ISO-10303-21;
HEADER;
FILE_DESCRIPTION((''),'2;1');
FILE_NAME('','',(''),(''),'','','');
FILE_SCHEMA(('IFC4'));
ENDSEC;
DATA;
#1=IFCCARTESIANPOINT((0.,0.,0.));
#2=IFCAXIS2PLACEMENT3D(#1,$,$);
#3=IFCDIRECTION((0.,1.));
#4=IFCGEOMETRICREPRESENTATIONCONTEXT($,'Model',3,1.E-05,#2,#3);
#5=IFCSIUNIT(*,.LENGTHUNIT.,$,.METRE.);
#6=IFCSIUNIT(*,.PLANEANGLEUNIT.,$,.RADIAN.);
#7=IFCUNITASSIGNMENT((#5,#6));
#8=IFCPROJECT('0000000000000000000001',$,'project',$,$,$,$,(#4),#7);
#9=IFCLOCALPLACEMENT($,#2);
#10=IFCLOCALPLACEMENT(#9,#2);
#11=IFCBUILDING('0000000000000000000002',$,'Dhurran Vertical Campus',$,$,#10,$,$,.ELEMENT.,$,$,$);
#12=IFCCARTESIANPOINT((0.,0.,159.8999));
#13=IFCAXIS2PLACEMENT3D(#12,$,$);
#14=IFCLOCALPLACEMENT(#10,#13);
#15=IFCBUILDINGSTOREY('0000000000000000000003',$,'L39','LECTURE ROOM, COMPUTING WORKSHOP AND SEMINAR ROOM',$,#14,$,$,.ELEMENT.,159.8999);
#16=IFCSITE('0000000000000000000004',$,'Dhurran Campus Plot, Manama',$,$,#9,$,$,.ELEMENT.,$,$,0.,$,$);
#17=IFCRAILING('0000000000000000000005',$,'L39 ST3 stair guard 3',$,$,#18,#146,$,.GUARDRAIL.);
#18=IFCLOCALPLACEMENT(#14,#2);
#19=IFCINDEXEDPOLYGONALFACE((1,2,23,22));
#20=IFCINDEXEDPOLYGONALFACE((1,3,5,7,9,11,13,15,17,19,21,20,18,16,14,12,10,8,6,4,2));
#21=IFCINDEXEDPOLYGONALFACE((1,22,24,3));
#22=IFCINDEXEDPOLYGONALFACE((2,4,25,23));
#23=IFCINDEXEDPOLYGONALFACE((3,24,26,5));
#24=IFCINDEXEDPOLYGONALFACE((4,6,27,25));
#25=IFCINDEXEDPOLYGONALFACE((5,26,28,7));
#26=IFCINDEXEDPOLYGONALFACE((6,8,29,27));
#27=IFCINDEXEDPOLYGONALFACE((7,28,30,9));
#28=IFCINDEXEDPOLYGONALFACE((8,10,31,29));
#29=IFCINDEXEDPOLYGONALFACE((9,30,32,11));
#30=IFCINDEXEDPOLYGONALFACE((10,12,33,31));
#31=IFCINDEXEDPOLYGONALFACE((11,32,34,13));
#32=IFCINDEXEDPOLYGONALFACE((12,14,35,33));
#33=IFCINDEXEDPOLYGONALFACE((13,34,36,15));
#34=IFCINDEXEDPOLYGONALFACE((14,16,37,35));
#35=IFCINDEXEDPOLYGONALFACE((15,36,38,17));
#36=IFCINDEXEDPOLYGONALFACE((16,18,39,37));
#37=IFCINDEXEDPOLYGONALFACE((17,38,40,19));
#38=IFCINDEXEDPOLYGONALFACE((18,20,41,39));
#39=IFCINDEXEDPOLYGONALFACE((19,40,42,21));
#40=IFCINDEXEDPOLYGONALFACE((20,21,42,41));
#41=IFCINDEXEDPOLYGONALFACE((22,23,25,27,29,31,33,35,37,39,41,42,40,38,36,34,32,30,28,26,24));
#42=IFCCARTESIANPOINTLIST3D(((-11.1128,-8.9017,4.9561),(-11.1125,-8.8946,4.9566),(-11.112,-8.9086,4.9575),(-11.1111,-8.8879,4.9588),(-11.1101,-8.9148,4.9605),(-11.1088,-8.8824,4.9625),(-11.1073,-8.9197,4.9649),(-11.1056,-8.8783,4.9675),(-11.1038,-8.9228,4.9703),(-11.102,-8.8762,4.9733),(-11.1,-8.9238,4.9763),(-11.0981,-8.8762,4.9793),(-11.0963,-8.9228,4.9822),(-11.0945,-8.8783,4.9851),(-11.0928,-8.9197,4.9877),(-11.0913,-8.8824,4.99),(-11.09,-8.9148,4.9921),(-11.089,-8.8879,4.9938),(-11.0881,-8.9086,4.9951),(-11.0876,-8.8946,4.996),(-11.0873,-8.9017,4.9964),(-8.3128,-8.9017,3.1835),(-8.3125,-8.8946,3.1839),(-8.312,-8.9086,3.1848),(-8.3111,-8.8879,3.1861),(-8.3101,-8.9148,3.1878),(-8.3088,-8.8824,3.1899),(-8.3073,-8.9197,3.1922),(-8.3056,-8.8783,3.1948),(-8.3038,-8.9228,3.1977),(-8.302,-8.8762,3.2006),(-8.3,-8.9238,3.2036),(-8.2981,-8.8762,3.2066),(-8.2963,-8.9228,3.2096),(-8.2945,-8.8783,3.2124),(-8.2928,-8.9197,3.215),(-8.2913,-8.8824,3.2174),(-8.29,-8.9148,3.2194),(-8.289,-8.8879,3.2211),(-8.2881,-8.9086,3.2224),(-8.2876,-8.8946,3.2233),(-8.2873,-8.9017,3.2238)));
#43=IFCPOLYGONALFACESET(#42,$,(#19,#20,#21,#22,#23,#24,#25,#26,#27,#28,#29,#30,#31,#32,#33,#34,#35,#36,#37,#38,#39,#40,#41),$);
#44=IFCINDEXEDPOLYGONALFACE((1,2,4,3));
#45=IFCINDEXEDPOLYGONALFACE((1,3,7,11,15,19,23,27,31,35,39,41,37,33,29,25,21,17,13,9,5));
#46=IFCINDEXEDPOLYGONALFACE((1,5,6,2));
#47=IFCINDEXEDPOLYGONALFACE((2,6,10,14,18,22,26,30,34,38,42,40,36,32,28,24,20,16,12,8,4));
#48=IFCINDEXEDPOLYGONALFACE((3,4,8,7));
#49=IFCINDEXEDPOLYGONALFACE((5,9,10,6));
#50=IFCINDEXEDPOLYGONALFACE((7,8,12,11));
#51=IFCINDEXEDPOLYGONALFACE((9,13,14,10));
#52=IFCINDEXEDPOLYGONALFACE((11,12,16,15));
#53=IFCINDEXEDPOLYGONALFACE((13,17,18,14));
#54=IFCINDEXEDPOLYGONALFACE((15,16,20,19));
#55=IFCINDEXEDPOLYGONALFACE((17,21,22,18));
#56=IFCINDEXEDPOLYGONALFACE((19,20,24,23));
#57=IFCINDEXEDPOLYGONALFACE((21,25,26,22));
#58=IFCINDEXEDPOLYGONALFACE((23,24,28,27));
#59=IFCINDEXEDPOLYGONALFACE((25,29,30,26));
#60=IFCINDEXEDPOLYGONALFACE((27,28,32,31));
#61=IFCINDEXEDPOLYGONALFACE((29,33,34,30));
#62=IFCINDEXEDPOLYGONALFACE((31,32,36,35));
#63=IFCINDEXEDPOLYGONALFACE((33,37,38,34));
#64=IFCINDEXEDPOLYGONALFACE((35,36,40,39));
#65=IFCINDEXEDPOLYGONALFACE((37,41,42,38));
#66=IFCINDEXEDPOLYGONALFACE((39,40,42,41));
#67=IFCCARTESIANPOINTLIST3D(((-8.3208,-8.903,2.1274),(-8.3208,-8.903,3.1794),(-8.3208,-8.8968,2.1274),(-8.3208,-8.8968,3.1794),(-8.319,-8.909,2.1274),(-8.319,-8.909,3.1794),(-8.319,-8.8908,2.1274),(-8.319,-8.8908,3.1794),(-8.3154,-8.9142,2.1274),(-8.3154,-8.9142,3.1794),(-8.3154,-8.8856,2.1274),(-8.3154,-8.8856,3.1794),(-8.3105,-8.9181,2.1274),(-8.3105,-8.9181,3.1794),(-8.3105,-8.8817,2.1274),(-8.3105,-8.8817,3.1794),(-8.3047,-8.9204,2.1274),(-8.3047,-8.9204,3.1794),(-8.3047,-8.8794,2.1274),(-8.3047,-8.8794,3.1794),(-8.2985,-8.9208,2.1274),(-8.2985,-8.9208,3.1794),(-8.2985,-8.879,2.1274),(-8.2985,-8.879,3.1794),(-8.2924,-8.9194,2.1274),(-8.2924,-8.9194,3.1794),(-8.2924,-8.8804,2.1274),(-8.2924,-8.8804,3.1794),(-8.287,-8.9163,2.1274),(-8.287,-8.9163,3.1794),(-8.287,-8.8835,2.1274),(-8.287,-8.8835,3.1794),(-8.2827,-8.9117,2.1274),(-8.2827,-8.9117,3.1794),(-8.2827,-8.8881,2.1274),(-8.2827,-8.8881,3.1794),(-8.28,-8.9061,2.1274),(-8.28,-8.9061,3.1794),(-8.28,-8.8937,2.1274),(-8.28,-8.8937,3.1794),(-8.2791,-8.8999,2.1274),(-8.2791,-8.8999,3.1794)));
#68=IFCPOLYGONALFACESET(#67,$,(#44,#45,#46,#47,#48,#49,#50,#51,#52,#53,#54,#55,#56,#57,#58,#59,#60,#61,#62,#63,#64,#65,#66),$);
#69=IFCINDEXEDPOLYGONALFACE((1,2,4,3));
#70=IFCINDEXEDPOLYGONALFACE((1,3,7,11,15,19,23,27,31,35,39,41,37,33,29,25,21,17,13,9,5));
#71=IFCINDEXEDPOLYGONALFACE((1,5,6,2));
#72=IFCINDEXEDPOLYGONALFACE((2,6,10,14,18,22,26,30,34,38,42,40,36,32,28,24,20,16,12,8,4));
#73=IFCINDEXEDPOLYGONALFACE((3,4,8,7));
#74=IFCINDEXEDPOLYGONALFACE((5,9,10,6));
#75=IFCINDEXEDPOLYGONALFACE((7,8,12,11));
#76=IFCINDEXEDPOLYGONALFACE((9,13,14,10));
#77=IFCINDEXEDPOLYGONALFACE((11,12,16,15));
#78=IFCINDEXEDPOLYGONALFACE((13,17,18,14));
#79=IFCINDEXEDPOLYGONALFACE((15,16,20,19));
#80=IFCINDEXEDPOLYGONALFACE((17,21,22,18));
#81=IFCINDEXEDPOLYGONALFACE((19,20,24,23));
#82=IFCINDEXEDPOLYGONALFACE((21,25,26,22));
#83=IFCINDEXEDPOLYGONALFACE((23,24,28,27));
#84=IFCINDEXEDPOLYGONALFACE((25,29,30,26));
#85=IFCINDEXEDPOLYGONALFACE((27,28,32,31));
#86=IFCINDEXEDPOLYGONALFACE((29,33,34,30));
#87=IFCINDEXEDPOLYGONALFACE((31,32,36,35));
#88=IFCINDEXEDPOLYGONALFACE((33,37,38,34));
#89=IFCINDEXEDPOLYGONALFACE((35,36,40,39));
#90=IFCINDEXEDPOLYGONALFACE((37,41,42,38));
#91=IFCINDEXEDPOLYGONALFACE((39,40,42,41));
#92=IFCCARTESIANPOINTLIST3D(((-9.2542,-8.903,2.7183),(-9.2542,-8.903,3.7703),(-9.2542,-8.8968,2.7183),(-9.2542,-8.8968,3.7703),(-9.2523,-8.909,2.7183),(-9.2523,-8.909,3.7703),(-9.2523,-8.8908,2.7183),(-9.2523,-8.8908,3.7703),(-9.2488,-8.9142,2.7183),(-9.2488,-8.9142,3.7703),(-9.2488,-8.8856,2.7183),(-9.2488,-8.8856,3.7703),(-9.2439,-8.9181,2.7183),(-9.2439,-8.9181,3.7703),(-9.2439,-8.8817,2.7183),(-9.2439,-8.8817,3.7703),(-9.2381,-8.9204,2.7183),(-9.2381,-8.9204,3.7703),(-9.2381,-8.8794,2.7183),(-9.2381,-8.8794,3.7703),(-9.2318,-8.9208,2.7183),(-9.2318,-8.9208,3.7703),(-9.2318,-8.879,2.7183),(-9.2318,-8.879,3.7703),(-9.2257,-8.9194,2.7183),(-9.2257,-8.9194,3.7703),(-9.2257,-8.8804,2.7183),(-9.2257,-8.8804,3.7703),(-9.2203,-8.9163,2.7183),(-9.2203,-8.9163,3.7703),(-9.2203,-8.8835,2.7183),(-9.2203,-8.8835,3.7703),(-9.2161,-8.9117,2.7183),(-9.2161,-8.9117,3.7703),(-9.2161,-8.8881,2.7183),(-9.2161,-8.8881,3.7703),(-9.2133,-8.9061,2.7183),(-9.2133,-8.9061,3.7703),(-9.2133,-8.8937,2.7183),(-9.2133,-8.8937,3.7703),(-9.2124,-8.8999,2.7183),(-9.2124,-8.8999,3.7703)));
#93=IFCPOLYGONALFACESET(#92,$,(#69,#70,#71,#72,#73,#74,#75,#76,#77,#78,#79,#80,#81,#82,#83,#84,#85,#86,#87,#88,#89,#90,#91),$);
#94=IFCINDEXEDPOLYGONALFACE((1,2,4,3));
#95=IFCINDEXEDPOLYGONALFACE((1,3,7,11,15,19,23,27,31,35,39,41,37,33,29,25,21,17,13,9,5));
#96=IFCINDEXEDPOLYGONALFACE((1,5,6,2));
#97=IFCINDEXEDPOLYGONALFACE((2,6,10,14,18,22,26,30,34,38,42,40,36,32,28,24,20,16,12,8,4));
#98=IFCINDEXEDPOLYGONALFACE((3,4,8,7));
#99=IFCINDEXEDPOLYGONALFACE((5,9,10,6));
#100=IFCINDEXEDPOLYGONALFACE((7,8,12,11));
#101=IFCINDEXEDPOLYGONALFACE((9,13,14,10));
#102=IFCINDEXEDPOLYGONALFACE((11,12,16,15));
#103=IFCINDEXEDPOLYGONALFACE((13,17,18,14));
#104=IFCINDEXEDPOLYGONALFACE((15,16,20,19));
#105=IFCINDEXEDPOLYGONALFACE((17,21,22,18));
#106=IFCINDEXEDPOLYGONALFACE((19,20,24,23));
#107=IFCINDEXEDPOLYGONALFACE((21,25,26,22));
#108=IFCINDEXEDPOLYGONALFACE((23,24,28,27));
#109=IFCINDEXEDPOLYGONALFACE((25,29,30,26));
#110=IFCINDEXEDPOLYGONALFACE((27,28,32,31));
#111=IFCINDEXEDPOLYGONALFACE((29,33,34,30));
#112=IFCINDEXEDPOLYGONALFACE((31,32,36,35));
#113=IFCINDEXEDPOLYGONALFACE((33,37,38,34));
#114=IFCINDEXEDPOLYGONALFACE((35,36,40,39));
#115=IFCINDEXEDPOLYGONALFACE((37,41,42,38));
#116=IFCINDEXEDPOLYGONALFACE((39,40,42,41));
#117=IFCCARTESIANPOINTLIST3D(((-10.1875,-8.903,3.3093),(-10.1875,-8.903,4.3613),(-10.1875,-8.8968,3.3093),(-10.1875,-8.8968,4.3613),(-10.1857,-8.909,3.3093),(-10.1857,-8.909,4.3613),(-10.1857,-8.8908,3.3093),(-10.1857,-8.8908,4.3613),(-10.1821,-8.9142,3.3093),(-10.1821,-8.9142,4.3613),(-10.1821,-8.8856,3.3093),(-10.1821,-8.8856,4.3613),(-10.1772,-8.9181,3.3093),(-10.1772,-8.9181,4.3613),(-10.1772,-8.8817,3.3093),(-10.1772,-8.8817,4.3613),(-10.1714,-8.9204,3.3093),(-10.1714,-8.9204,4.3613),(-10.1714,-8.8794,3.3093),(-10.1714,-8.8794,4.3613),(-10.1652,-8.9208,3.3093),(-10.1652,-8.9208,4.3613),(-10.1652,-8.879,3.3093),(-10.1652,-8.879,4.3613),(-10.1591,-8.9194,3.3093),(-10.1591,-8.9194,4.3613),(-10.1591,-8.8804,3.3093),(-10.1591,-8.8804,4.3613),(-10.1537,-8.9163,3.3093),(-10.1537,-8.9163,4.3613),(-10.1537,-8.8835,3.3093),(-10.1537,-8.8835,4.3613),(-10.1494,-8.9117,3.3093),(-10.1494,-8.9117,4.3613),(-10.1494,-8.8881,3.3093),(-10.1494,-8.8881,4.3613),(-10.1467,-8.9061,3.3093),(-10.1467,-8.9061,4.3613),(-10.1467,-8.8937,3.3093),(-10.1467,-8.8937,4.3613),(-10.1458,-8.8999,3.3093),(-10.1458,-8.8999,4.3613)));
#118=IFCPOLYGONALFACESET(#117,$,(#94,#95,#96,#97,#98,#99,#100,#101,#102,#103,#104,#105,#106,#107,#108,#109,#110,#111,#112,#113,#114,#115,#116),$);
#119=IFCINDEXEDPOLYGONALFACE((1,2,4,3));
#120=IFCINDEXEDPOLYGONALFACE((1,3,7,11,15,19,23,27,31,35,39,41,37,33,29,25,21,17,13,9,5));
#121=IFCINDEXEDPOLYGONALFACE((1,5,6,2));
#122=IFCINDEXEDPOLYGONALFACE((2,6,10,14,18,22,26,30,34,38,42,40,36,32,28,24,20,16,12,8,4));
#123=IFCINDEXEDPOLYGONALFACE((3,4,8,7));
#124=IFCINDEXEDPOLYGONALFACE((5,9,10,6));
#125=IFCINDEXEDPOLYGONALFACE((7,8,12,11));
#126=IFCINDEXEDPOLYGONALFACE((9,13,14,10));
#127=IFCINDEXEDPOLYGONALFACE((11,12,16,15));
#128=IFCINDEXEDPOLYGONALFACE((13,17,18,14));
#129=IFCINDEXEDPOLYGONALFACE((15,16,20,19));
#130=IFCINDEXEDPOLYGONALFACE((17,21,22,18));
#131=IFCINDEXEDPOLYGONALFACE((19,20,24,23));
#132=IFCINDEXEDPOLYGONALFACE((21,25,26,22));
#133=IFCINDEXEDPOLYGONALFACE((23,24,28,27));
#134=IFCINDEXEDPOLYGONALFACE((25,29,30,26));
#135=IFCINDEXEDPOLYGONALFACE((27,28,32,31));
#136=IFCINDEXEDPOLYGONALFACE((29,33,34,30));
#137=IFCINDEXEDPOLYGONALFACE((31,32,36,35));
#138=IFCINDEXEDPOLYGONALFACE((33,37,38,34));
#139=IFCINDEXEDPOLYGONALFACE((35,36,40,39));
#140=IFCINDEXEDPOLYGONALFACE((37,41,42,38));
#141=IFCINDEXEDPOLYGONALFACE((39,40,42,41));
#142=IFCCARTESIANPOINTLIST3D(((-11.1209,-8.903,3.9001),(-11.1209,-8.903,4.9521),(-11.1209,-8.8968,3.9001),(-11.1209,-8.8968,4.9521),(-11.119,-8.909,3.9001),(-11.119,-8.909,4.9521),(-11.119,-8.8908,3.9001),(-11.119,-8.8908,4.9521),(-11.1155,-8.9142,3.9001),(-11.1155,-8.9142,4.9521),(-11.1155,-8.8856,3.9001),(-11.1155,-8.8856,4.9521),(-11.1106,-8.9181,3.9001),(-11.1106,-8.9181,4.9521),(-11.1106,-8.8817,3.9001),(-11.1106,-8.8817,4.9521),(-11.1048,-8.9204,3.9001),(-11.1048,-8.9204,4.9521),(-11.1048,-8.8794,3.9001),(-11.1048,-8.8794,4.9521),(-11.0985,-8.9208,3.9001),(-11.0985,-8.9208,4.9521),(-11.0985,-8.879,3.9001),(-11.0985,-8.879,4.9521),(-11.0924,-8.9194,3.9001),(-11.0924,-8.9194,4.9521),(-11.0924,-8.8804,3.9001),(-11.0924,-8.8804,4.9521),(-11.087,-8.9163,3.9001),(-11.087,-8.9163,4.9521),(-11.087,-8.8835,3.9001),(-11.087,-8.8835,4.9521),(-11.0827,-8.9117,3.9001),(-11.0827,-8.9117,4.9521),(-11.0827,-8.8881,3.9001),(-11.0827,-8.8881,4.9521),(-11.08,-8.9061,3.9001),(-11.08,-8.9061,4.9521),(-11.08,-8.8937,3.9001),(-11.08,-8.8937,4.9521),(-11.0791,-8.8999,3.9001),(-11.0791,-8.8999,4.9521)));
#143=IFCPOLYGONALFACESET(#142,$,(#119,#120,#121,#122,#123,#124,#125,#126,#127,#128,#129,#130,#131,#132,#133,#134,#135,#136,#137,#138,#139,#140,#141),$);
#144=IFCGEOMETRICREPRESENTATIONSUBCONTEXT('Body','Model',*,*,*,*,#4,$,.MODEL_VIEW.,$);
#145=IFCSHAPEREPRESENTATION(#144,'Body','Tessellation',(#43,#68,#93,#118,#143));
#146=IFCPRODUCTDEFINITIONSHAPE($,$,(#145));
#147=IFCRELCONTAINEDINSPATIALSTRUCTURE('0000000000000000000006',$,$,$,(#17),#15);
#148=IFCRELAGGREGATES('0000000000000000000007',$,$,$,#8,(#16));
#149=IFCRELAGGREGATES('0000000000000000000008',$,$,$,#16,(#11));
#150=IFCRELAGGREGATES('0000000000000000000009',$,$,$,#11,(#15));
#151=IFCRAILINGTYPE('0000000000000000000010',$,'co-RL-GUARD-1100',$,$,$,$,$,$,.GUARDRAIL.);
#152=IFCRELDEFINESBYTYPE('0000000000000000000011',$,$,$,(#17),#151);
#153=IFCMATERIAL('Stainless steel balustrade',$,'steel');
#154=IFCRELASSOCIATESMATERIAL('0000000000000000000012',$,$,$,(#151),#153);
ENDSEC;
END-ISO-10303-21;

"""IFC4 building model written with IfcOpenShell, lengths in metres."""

from ifc_helpers import new_model, si_unit, direction, frame, origin, origin_2d, place, context, subcontext, project, spatial, circle, extrude, material, type_object, element, save


model = new_model("IFC4")

# Units and contexts
model_context = context("Model", 3, precision=1e-05, world=origin(), true_north=direction((0.0, 1.0)))
body_context = subcontext(model_context, "Body", "Model", "MODEL_VIEW")
ifc_project = project(units=[si_unit("LENGTHUNIT", "METRE"), si_unit("PLANEANGLEUNIT", "RADIAN")], contexts=[model_context])

# Site, building, storey
site_placement = place(None, origin())
site = spatial("IfcSite", under=ifc_project, at=site_placement, Name="Dhurran Campus Plot, Manama", CompositionType="ELEMENT", RefElevation=0.0)
building_placement = place(site_placement, origin())
building = spatial("IfcBuilding", under=site, at=building_placement, Name="Dhurran Vertical Campus", CompositionType="ELEMENT")
storey_placement = place(building_placement, frame((0.0, 0.0, 159.8999)))
storey = spatial("IfcBuildingStorey", under=building, at=storey_placement, Name="L39", Description="LECTURE ROOM, COMPUTING WORKSHOP AND SEMINAR ROOM", CompositionType="ELEMENT", Elevation=159.8999)

# Railing
ifc_material_1 = material(Name="Stainless steel balustrade", Category="steel")
railing_type_1 = type_object("IfcRailingType", Name="co-RL-GUARD-1100", PredefinedType="GUARDRAIL", material=ifc_material_1)
railing_1_placement = place(storey_placement, frame((-8.3, -8.8999, 2.1274)))
element("IfcRailing", 1, at=railing_1_placement, inside=storey, type_object=railing_type_1, Name="L39 ST3 stair guard 3", PredefinedType="GUARDRAIL", context=body_context, shape_type="SweptSolid", body=[
    extrude(circle(Radius=0.0239, at=origin_2d()), frame((0.0, 0.0, 1.0762), z_axis=(-0.844909, 0.0, 0.53491), x_axis=(0.0, -1.0, 0.0)), (0.0, 0.0, 1.0), 3.314),
    extrude(circle(Radius=0.021, at=origin_2d()), origin(), (0.0, 0.0, 1.0), 1.052),
    extrude(circle(Radius=0.021, at=origin_2d()), frame((-0.9333, 0.0, 0.5908)), (0.0, 0.0, 1.0), 1.052),
    extrude(circle(Radius=0.021, at=origin_2d()), frame((-1.8667, 0.0, 1.1819)), (0.0, 0.0, 1.0), 1.052),
    extrude(circle(Radius=0.021, at=origin_2d()), frame((-2.8, 0.0, 1.7727)), (0.0, 0.0, 1.0), 1.052),
])

save(model, "model.ifc")
